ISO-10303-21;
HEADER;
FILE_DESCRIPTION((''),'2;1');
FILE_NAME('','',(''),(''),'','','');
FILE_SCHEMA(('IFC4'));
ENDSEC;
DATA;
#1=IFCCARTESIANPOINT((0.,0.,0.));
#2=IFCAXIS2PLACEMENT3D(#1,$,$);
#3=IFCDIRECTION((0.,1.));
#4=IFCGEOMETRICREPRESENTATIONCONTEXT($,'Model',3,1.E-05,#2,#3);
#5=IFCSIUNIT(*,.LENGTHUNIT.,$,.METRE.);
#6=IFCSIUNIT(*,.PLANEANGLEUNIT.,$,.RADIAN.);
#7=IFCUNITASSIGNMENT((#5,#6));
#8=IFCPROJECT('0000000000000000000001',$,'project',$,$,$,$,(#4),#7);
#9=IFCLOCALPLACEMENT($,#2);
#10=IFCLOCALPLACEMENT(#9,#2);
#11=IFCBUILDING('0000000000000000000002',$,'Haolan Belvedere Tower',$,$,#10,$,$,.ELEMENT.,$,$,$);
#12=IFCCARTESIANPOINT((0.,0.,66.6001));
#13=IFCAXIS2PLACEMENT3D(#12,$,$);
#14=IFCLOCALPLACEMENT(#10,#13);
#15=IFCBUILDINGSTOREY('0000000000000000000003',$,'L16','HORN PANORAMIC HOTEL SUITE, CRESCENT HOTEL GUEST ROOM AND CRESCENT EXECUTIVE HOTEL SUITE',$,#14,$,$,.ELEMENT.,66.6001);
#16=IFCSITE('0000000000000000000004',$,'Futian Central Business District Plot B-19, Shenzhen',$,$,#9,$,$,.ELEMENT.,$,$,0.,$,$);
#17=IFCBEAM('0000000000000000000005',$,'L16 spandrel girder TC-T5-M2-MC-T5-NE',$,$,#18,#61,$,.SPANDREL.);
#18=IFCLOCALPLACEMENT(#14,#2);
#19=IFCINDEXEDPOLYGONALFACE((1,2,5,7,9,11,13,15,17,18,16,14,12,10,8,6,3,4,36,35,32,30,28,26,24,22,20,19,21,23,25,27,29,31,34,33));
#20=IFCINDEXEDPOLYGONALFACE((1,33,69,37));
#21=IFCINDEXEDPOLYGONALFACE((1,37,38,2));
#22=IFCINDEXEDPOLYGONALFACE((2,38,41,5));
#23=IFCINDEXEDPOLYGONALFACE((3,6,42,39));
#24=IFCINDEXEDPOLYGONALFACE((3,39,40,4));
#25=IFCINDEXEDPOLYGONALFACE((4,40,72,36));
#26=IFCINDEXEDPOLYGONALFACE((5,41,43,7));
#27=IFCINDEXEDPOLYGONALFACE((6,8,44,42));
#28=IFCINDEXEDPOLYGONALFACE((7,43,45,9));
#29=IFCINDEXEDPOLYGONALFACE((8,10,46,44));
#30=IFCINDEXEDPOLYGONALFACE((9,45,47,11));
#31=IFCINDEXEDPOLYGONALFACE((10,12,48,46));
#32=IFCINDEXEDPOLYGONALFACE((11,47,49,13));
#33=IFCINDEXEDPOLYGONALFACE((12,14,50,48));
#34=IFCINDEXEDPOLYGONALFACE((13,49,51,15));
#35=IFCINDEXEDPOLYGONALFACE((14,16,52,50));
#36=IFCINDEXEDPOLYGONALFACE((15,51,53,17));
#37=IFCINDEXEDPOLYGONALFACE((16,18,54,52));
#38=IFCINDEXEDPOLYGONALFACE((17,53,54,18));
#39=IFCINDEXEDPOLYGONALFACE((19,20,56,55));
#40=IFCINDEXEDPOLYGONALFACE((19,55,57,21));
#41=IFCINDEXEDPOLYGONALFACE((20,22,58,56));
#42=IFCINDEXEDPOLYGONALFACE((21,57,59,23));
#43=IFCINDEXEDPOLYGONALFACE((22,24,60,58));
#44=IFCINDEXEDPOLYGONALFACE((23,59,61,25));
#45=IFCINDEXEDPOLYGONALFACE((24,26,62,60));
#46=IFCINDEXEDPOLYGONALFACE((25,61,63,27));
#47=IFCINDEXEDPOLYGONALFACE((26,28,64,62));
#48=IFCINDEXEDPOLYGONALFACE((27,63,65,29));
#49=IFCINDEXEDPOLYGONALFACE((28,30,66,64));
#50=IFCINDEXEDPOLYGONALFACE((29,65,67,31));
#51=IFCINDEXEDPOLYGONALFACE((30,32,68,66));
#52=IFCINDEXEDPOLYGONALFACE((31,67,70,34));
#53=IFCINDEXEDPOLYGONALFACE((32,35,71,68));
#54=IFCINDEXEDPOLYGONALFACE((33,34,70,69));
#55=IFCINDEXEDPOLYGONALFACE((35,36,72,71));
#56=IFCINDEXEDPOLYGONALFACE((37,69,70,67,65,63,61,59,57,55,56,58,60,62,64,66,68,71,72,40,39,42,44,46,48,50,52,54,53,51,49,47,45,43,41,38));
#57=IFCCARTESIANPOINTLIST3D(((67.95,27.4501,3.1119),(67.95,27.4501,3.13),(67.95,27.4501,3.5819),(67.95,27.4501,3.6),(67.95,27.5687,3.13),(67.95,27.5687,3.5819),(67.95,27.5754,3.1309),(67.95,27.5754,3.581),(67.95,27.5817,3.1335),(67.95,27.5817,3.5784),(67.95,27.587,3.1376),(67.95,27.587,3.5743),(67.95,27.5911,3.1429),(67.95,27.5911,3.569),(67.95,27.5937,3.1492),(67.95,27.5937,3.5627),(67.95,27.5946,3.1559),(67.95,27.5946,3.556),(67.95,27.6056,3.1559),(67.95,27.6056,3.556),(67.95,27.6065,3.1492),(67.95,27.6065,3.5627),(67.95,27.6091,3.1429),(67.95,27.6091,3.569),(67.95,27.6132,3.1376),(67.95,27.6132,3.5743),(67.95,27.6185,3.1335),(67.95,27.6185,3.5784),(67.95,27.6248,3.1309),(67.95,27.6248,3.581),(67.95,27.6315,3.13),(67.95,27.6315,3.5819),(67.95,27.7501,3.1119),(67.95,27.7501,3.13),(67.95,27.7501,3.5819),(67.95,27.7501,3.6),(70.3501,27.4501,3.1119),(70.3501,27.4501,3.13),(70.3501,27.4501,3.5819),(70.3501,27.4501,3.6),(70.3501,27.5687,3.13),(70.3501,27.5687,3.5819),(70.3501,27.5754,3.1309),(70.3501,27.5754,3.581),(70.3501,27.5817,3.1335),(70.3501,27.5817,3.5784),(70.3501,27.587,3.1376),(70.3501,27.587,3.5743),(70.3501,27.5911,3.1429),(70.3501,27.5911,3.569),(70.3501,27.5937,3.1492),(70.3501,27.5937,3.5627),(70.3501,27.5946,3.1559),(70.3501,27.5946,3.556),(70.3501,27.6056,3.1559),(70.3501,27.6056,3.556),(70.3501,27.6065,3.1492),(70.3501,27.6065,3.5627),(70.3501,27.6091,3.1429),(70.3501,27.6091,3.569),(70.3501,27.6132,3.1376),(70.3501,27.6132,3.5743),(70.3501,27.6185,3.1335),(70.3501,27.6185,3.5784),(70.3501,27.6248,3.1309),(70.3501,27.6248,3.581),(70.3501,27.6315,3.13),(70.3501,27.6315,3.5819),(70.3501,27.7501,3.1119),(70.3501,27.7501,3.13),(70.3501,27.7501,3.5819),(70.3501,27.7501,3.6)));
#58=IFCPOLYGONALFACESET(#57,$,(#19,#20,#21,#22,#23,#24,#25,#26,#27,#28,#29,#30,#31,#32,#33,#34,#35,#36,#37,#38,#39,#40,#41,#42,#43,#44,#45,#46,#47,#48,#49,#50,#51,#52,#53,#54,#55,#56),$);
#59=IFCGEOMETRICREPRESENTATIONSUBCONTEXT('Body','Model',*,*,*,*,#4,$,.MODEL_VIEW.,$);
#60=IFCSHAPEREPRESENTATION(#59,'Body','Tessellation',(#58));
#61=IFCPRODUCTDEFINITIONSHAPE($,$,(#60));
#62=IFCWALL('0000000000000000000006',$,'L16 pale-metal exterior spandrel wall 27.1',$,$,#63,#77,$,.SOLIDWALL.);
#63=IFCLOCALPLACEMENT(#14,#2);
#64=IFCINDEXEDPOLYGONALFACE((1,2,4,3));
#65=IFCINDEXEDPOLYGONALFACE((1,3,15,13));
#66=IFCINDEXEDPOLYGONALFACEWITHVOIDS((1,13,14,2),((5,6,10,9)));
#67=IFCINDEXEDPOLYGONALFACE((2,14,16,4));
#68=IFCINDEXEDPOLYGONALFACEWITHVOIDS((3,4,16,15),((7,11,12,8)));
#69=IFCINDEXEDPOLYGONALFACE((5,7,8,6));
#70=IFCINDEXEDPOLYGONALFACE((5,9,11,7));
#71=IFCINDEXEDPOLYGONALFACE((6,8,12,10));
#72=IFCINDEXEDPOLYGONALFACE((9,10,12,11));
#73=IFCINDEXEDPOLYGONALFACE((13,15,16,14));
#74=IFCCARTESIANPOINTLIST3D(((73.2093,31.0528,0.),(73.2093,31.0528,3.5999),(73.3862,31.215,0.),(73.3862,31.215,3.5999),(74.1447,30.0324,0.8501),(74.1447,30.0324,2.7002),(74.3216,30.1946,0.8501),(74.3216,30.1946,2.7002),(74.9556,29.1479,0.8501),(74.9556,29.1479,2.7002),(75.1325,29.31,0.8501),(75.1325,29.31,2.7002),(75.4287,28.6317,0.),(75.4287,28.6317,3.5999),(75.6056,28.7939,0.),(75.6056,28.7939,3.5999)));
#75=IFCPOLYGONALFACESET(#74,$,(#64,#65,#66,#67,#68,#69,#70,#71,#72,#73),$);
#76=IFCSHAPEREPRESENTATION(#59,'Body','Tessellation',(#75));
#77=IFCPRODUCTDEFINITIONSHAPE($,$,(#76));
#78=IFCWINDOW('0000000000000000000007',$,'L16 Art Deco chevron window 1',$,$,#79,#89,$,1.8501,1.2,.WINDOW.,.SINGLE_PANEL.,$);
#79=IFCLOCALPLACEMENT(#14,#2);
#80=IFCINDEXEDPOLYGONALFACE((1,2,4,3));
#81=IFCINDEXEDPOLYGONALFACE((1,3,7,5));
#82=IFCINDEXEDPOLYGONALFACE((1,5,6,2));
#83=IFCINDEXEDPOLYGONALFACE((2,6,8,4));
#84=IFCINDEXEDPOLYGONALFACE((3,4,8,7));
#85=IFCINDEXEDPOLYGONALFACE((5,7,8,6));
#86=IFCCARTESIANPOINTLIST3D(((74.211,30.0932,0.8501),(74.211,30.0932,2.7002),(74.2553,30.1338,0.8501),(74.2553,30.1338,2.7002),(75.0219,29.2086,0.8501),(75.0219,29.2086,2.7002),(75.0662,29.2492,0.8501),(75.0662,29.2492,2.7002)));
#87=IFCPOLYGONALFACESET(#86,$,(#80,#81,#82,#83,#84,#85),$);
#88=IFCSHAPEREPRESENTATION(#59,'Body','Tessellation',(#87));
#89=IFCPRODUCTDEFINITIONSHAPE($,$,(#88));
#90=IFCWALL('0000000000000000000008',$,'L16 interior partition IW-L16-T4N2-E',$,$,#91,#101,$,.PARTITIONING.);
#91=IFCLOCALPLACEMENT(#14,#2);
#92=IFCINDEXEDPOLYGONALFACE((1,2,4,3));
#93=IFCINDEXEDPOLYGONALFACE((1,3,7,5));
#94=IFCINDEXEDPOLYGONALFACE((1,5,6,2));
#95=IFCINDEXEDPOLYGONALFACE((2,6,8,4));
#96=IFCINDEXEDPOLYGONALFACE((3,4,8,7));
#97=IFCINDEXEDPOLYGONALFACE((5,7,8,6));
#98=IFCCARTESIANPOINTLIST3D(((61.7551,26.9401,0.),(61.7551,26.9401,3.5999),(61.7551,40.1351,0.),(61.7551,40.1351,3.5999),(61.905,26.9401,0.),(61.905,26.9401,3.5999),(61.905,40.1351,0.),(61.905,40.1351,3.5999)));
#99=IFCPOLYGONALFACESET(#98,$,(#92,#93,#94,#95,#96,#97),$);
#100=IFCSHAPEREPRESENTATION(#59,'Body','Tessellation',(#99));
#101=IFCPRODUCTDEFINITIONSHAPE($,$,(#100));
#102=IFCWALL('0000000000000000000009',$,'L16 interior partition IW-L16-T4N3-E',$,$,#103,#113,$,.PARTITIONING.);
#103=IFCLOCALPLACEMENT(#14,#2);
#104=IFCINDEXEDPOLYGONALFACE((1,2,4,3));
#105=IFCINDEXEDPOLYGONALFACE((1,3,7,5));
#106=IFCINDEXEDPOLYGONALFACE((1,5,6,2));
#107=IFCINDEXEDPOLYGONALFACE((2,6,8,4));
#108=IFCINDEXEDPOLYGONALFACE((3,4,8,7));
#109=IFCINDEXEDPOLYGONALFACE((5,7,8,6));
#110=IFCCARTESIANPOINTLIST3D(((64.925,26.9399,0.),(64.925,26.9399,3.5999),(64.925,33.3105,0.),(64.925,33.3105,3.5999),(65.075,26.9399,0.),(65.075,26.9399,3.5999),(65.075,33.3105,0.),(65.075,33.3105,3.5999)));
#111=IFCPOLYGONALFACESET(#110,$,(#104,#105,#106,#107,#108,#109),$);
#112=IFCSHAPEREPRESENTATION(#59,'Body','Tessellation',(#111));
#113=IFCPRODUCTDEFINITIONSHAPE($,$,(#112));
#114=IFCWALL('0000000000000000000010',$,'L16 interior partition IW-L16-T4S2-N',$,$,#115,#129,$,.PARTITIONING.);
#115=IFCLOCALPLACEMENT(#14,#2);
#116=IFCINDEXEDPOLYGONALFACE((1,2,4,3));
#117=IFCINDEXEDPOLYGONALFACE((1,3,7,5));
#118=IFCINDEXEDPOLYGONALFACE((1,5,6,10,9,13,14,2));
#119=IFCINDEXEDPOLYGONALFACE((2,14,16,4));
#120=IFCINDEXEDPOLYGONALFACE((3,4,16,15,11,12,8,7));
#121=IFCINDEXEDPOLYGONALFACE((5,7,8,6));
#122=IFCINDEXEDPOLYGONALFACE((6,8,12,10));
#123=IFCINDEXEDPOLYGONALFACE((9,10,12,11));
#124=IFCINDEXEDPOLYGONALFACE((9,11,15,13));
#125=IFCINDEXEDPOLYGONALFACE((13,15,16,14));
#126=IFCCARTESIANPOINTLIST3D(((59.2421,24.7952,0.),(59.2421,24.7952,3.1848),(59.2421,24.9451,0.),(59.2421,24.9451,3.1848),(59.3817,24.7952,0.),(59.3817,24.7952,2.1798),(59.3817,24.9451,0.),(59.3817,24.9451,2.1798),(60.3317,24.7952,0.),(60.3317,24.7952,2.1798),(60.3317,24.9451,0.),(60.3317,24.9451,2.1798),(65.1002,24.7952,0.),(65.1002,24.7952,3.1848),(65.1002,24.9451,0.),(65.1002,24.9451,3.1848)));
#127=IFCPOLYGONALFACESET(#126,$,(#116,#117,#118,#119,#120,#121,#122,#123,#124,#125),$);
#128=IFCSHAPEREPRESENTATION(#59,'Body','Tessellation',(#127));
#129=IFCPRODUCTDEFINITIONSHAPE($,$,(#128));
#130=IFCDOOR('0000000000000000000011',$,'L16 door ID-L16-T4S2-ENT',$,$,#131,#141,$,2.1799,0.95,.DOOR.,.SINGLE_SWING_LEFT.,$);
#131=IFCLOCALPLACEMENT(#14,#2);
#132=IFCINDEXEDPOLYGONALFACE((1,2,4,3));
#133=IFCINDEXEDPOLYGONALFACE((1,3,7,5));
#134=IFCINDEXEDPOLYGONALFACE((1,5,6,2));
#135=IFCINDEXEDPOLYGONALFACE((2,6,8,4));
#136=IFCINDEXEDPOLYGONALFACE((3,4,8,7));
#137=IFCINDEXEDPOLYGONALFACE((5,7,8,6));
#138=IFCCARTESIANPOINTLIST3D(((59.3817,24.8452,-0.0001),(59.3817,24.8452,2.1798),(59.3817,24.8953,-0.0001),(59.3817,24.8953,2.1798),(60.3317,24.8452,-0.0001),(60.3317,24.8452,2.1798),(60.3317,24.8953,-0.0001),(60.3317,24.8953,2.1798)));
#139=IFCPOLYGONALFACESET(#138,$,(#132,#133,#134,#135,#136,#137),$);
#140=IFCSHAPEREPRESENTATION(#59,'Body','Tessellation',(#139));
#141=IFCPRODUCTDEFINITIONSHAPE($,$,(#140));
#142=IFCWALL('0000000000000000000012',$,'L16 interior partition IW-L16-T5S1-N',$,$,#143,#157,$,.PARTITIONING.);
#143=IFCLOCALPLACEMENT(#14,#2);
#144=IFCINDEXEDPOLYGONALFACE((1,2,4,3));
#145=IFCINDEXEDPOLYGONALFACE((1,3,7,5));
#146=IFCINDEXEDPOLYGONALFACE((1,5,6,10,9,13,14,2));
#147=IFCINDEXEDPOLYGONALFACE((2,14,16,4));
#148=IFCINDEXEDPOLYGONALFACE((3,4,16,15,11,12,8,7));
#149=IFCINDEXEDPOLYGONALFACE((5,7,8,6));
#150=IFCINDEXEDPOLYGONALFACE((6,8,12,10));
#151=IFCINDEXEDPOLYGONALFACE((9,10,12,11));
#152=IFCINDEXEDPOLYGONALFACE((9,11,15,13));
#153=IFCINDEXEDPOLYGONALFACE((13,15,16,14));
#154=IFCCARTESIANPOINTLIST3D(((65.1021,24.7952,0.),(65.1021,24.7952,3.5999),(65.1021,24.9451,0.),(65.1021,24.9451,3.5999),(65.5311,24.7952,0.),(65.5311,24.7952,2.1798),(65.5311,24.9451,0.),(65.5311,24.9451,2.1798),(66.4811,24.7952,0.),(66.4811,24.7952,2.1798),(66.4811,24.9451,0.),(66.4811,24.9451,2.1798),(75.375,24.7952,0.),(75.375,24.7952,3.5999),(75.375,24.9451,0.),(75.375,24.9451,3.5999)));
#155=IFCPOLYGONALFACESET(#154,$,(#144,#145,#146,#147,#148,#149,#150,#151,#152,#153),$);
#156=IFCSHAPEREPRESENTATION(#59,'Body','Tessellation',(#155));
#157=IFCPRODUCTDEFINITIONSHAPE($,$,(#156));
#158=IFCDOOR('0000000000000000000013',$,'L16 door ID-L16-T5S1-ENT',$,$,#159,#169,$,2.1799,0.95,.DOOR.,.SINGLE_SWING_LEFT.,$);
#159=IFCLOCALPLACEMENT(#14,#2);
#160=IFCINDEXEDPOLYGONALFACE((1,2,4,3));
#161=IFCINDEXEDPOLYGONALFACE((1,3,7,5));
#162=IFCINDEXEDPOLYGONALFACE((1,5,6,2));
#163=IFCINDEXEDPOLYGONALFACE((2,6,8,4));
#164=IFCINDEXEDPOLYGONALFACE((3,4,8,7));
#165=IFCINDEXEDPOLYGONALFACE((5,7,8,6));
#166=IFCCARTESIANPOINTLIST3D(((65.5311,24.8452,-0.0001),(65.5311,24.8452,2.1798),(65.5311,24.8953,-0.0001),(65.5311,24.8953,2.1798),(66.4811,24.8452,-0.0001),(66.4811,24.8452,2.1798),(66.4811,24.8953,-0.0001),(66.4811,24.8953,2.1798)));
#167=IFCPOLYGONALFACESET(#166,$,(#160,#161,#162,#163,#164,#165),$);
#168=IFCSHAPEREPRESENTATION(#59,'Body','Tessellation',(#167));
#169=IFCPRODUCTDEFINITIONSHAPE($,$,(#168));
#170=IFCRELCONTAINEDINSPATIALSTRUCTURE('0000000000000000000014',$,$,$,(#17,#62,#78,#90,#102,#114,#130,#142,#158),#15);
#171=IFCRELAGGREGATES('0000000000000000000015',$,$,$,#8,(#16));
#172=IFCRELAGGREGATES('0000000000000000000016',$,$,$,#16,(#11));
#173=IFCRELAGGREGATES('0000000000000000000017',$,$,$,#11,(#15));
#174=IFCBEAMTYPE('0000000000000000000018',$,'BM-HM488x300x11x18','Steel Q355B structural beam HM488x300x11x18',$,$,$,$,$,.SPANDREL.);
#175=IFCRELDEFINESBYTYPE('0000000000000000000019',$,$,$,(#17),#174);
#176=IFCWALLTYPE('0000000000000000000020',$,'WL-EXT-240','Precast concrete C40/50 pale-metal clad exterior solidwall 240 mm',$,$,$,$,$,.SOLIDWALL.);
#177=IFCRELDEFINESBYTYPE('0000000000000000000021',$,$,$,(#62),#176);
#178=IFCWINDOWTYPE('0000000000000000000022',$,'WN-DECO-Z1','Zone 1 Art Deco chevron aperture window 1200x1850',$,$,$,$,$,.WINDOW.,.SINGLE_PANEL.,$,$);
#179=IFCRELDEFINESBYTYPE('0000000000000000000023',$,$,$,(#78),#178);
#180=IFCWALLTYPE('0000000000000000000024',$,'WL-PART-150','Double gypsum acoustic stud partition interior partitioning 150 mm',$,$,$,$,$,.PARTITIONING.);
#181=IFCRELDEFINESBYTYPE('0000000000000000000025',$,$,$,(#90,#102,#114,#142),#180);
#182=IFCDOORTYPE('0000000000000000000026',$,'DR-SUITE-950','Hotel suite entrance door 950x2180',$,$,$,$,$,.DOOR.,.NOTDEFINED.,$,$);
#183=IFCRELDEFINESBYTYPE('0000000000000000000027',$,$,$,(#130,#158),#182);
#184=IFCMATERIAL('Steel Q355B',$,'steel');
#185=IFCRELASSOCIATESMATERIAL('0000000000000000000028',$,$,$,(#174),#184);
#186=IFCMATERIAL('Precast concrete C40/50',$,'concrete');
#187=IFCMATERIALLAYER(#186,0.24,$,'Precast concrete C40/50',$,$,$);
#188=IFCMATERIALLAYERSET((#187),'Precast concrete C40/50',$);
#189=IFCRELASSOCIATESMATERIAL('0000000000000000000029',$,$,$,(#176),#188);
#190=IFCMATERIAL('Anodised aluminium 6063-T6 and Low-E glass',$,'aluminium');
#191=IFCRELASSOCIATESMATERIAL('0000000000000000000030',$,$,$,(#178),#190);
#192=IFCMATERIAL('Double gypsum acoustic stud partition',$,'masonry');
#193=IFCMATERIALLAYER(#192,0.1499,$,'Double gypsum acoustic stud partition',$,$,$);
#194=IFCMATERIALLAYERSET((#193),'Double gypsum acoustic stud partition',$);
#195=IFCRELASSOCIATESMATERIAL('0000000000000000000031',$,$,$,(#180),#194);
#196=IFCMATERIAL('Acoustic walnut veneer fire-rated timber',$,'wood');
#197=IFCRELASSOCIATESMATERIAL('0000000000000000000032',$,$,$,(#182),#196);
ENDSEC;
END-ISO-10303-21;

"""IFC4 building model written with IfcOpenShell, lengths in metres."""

from ifc_helpers import new_model, si_unit, direction, frame, frame_2d, origin, origin_2d, place, context, subcontext, project, spatial, rectangle, i_section, extrude, material, layer, layer_set, material_profile, profile_set, type_object, element, fill, save


model = new_model("IFC4")

# Units and contexts
model_context = context("Model", 3, precision=1e-05, world=origin(), true_north=direction((0.0, 1.0)))
body_context = subcontext(model_context, "Body", "Model", "MODEL_VIEW")
ifc_project = project(units=[si_unit("LENGTHUNIT", "METRE"), si_unit("PLANEANGLEUNIT", "RADIAN")], contexts=[model_context])

# Site, building, storey
site_placement = place(None, origin())
site = spatial("IfcSite", under=ifc_project, at=site_placement, Name="Futian Central Business District Plot B-19, Shenzhen", CompositionType="ELEMENT", RefElevation=0.0)
building_placement = place(site_placement, origin())
building = spatial("IfcBuilding", under=site, at=building_placement, Name="Haolan Belvedere Tower", CompositionType="ELEMENT")
storey_placement = place(building_placement, frame((0.0, 0.0, 66.6001)))
storey = spatial("IfcBuildingStorey", under=building, at=storey_placement, Name="L16", Description="HORN PANORAMIC HOTEL SUITE, CRESCENT HOTEL GUEST ROOM AND CRESCENT EXECUTIVE HOTEL SUITE", CompositionType="ELEMENT", Elevation=66.6001)

# Shared definitions
ifc_material_1 = material(Name="Steel Q355B", Category="steel")

# Beam
ifc_material_profile_1 = material_profile(ifc_material_1, i_section(OverallWidth=0.3, OverallDepth=0.488, WebThickness=0.011, FlangeThickness=0.0181, FilletRadius=0.0259, at=origin_2d()), Name="Steel Q355B")
ifc_profile_set_1 = profile_set([ifc_material_profile_1], Name="Steel Q355B")
beam_type = type_object("IfcBeamType", Name="BM-HM488x300x11x18", Description="Steel Q355B structural beam HM488x300x11x18", PredefinedType="SPANDREL", material=ifc_profile_set_1)
for number, where, z_axis, x_axis, name in (
    (1, (67.95, 27.6001, 3.356), (1.0, 0.0, 0.0), (0.0, 1.0, 0.0), "L16 spandrel girder TC-T5-M2-MC-T5-NE"),
):
    element("IfcBeam", number, at=place(storey_placement, frame(where, z_axis=z_axis, x_axis=x_axis)), inside=storey, type_object=beam_type, Name=name, PredefinedType="SPANDREL", context=body_context, shape_type="SweptSolid", body=[
        extrude(i_section(OverallWidth=0.3, OverallDepth=0.488, WebThickness=0.011, FlangeThickness=0.0181, FilletRadius=0.0259, at=origin_2d()), origin(), (0.0, 0.0, 1.0), 2.4001),
    ])

# Wall, opening, window
ifc_material_2 = material(Name="Precast concrete C40/50", Category="concrete")
ifc_layer_1 = layer(ifc_material_2, 0.24, Name="Precast concrete C40/50")
ifc_layer_set_1 = layer_set([ifc_layer_1], Name="Precast concrete C40/50")
wall_type_1 = type_object("IfcWallType", Name="WL-EXT-240", Description="Precast concrete C40/50 pale-metal clad exterior solidwall 240 mm", PredefinedType="SOLIDWALL", material=ifc_layer_set_1)
wall_1_placement = place(storey_placement, frame((75.5171, 28.7129, 0.0), z_axis=(0.0, 0.0, 1.0), x_axis=(-0.675741, 0.737139, 0.0)))
wall_1 = element("IfcWall", 2, at=wall_1_placement, inside=storey, type_object=wall_type_1, Name="L16 pale-metal exterior spandrel wall 27.1", PredefinedType="SOLIDWALL", context=body_context, shape_type="SweptSolid", body=[
    extrude(rectangle(XDim=3.2844, YDim=0.24, at=frame_2d((1.6421, 0.0))), origin(), (0.0, 0.0, 1.0), 3.5999),
])
opening_1_placement = place(wall_1_placement, frame((0.7, 0.0, 0.8501)))
opening_1 = element("IfcOpeningElement", 3, at=opening_1_placement, cuts=wall_1, PredefinedType="OPENING", context=body_context, shape_type="SweptSolid", body=[
    extrude(rectangle(XDim=1.2, YDim=1.8501, at=frame_2d((0.6001, 0.925))), frame((0.0, 0.1299, 0.0), z_axis=(0.0, -1.0, 0.0), x_axis=(1.0, 0.0, 0.0)), (0.0, 0.0, 1.0), 0.26),
])
ifc_material_3 = material(Name="Anodised aluminium 6063-T6 and Low-E glass", Category="aluminium")
window_type = type_object("IfcWindowType", Name="WN-DECO-Z1", Description="Zone 1 Art Deco chevron aperture window 1200x1850", PartitioningType="SINGLE_PANEL", PredefinedType="WINDOW", material=ifc_material_3)
window_placement = place(opening_1_placement, origin())
window = element("IfcWindow", 4, at=window_placement, inside=storey, type_object=window_type, Name="L16 Art Deco chevron window 1", OverallHeight=1.8501, OverallWidth=1.2, PartitioningType="SINGLE_PANEL", PredefinedType="WINDOW", context=body_context, shape_type="SweptSolid", body=[
    extrude(rectangle(XDim=1.2, YDim=1.8501, at=frame_2d((0.6001, 0.925))), frame((0.0, 0.03, 0.0), z_axis=(0.0, -1.0, 0.0), x_axis=(1.0, 0.0, 0.0)), (0.0, 0.0, 1.0), 0.0601),
])
fill(opening_1, window)

# Wall
ifc_material_4 = material(Name="Double gypsum acoustic stud partition", Category="masonry")
ifc_layer_2 = layer(ifc_material_4, 0.1499, Name="Double gypsum acoustic stud partition")
ifc_layer_set_2 = layer_set([ifc_layer_2], Name="Double gypsum acoustic stud partition")
wall_type_2 = type_object("IfcWallType", Name="WL-PART-150", Description="Double gypsum acoustic stud partition interior partitioning 150 mm", PredefinedType="PARTITIONING", material=ifc_layer_set_2)
wall_2_placement = place(storey_placement, frame((61.8301, 26.9399, 0.0), z_axis=(0.0, 0.0, 1.0), x_axis=(0.0, 1.0, 0.0)))
element("IfcWall", 5, at=wall_2_placement, inside=storey, type_object=wall_type_2, Name="L16 interior partition IW-L16-T4N2-E", PredefinedType="PARTITIONING", context=body_context, shape_type="SweptSolid", body=[
    extrude(rectangle(XDim=13.1951, YDim=0.1499, at=frame_2d((6.5977, 0.0))), origin(), (0.0, 0.0, 1.0), 3.5999),
])

# Wall
wall_3_placement = place(storey_placement, frame((65.0, 26.9399, 0.0), z_axis=(0.0, 0.0, 1.0), x_axis=(0.0, 1.0, 0.0)))
element("IfcWall", 6, at=wall_3_placement, inside=storey, type_object=wall_type_2, Name="L16 interior partition IW-L16-T4N3-E", PredefinedType="PARTITIONING", context=body_context, shape_type="SweptSolid", body=[
    extrude(rectangle(XDim=6.3706, YDim=0.1499, at=frame_2d((3.1853, 0.0))), origin(), (0.0, 0.0, 1.0), 3.5999),
])

# Walls, openings, doors
wall_4_placement = place(storey_placement, frame((59.2419, 24.8701, 0.0), z_axis=(0.0, 0.0, 1.0), x_axis=(1.0, 0.0, 0.0)))
wall_4 = element("IfcWall", 7, at=wall_4_placement, inside=storey, type_object=wall_type_2, Name="L16 interior partition IW-L16-T4S2-N", PredefinedType="PARTITIONING", context=body_context, shape_type="SweptSolid", body=[
    extrude(rectangle(XDim=5.8582, YDim=0.1499, at=frame_2d((2.9292, 0.0))), origin(), (0.0, 0.0, 1.0), 3.1848),
])
opening_2_placement = place(wall_4_placement, frame((1.0898, 0.0, 0.0), z_axis=(0.0, 0.0, 1.0), x_axis=(-1.0, 0.0, 0.0)))
opening_2 = element("IfcOpeningElement", 8, at=opening_2_placement, cuts=wall_4, PredefinedType="OPENING", context=body_context, shape_type="SweptSolid", body=[
    extrude(rectangle(XDim=0.95, YDim=2.1799, at=frame_2d((0.4751, 1.0898))), frame((0.0, 0.085, 0.0), z_axis=(0.0, -1.0, 0.0), x_axis=(1.0, 0.0, 0.0)), (0.0, 0.0, 1.0), 0.1699),
])
ifc_material_5 = material(Name="Acoustic walnut veneer fire-rated timber", Category="wood")
door_type_1 = type_object("IfcDoorType", Name="DR-SUITE-950", Description="Hotel suite entrance door 950x2180", OperationType="NOTDEFINED", PredefinedType="DOOR", material=ifc_material_5)
door_1_placement = place(opening_2_placement, origin())
door_1 = element("IfcDoor", 9, at=door_1_placement, inside=storey, type_object=door_type_1, Name="L16 door ID-L16-T4S2-ENT", OperationType="SINGLE_SWING_LEFT", OverallHeight=2.1799, OverallWidth=0.95, PredefinedType="DOOR", context=body_context, shape_type="SweptSolid", body=[
    extrude(rectangle(XDim=0.95, YDim=2.1799, at=frame_2d((0.4751, 1.0898))), frame((0.0, 0.0249, 0.0), z_axis=(0.0, -1.0, 0.0), x_axis=(1.0, 0.0, 0.0)), (0.0, 0.0, 1.0), 0.05),
])
fill(opening_2, door_1)
wall_5_placement = place(storey_placement, frame((65.1021, 24.8701, 0.0), z_axis=(0.0, 0.0, 1.0), x_axis=(1.0, 0.0, 0.0)))
wall_5 = element("IfcWall", 10, at=wall_5_placement, inside=storey, type_object=wall_type_2, Name="L16 interior partition IW-L16-T5S1-N", PredefinedType="PARTITIONING", context=body_context, shape_type="SweptSolid", body=[
    extrude(rectangle(XDim=10.2729, YDim=0.1499, at=frame_2d((5.1365, 0.0))), origin(), (0.0, 0.0, 1.0), 3.5999),
])
opening_3_placement = place(wall_5_placement, frame((1.3792, 0.0, 0.0), z_axis=(0.0, 0.0, 1.0), x_axis=(-1.0, 0.0, 0.0)))
opening_3 = element("IfcOpeningElement", 11, at=opening_3_placement, cuts=wall_5, PredefinedType="OPENING", context=body_context, shape_type="SweptSolid", body=[
    extrude(rectangle(XDim=0.95, YDim=2.1799, at=frame_2d((0.4751, 1.0898))), frame((0.0, 0.085, 0.0), z_axis=(0.0, -1.0, 0.0), x_axis=(1.0, 0.0, 0.0)), (0.0, 0.0, 1.0), 0.1699),
])
door_2_placement = place(opening_3_placement, origin())
door_2 = element("IfcDoor", 12, at=door_2_placement, inside=storey, type_object=door_type_1, Name="L16 door ID-L16-T5S1-ENT", OperationType="SINGLE_SWING_LEFT", OverallHeight=2.1799, OverallWidth=0.95, PredefinedType="DOOR", context=body_context, shape_type="SweptSolid", body=[
    extrude(rectangle(XDim=0.95, YDim=2.1799, at=frame_2d((0.4751, 1.0898))), frame((0.0, 0.0249, 0.0), z_axis=(0.0, -1.0, 0.0), x_axis=(1.0, 0.0, 0.0)), (0.0, 0.0, 1.0), 0.05),
])
fill(opening_3, door_2)

save(model, "model.ifc")
